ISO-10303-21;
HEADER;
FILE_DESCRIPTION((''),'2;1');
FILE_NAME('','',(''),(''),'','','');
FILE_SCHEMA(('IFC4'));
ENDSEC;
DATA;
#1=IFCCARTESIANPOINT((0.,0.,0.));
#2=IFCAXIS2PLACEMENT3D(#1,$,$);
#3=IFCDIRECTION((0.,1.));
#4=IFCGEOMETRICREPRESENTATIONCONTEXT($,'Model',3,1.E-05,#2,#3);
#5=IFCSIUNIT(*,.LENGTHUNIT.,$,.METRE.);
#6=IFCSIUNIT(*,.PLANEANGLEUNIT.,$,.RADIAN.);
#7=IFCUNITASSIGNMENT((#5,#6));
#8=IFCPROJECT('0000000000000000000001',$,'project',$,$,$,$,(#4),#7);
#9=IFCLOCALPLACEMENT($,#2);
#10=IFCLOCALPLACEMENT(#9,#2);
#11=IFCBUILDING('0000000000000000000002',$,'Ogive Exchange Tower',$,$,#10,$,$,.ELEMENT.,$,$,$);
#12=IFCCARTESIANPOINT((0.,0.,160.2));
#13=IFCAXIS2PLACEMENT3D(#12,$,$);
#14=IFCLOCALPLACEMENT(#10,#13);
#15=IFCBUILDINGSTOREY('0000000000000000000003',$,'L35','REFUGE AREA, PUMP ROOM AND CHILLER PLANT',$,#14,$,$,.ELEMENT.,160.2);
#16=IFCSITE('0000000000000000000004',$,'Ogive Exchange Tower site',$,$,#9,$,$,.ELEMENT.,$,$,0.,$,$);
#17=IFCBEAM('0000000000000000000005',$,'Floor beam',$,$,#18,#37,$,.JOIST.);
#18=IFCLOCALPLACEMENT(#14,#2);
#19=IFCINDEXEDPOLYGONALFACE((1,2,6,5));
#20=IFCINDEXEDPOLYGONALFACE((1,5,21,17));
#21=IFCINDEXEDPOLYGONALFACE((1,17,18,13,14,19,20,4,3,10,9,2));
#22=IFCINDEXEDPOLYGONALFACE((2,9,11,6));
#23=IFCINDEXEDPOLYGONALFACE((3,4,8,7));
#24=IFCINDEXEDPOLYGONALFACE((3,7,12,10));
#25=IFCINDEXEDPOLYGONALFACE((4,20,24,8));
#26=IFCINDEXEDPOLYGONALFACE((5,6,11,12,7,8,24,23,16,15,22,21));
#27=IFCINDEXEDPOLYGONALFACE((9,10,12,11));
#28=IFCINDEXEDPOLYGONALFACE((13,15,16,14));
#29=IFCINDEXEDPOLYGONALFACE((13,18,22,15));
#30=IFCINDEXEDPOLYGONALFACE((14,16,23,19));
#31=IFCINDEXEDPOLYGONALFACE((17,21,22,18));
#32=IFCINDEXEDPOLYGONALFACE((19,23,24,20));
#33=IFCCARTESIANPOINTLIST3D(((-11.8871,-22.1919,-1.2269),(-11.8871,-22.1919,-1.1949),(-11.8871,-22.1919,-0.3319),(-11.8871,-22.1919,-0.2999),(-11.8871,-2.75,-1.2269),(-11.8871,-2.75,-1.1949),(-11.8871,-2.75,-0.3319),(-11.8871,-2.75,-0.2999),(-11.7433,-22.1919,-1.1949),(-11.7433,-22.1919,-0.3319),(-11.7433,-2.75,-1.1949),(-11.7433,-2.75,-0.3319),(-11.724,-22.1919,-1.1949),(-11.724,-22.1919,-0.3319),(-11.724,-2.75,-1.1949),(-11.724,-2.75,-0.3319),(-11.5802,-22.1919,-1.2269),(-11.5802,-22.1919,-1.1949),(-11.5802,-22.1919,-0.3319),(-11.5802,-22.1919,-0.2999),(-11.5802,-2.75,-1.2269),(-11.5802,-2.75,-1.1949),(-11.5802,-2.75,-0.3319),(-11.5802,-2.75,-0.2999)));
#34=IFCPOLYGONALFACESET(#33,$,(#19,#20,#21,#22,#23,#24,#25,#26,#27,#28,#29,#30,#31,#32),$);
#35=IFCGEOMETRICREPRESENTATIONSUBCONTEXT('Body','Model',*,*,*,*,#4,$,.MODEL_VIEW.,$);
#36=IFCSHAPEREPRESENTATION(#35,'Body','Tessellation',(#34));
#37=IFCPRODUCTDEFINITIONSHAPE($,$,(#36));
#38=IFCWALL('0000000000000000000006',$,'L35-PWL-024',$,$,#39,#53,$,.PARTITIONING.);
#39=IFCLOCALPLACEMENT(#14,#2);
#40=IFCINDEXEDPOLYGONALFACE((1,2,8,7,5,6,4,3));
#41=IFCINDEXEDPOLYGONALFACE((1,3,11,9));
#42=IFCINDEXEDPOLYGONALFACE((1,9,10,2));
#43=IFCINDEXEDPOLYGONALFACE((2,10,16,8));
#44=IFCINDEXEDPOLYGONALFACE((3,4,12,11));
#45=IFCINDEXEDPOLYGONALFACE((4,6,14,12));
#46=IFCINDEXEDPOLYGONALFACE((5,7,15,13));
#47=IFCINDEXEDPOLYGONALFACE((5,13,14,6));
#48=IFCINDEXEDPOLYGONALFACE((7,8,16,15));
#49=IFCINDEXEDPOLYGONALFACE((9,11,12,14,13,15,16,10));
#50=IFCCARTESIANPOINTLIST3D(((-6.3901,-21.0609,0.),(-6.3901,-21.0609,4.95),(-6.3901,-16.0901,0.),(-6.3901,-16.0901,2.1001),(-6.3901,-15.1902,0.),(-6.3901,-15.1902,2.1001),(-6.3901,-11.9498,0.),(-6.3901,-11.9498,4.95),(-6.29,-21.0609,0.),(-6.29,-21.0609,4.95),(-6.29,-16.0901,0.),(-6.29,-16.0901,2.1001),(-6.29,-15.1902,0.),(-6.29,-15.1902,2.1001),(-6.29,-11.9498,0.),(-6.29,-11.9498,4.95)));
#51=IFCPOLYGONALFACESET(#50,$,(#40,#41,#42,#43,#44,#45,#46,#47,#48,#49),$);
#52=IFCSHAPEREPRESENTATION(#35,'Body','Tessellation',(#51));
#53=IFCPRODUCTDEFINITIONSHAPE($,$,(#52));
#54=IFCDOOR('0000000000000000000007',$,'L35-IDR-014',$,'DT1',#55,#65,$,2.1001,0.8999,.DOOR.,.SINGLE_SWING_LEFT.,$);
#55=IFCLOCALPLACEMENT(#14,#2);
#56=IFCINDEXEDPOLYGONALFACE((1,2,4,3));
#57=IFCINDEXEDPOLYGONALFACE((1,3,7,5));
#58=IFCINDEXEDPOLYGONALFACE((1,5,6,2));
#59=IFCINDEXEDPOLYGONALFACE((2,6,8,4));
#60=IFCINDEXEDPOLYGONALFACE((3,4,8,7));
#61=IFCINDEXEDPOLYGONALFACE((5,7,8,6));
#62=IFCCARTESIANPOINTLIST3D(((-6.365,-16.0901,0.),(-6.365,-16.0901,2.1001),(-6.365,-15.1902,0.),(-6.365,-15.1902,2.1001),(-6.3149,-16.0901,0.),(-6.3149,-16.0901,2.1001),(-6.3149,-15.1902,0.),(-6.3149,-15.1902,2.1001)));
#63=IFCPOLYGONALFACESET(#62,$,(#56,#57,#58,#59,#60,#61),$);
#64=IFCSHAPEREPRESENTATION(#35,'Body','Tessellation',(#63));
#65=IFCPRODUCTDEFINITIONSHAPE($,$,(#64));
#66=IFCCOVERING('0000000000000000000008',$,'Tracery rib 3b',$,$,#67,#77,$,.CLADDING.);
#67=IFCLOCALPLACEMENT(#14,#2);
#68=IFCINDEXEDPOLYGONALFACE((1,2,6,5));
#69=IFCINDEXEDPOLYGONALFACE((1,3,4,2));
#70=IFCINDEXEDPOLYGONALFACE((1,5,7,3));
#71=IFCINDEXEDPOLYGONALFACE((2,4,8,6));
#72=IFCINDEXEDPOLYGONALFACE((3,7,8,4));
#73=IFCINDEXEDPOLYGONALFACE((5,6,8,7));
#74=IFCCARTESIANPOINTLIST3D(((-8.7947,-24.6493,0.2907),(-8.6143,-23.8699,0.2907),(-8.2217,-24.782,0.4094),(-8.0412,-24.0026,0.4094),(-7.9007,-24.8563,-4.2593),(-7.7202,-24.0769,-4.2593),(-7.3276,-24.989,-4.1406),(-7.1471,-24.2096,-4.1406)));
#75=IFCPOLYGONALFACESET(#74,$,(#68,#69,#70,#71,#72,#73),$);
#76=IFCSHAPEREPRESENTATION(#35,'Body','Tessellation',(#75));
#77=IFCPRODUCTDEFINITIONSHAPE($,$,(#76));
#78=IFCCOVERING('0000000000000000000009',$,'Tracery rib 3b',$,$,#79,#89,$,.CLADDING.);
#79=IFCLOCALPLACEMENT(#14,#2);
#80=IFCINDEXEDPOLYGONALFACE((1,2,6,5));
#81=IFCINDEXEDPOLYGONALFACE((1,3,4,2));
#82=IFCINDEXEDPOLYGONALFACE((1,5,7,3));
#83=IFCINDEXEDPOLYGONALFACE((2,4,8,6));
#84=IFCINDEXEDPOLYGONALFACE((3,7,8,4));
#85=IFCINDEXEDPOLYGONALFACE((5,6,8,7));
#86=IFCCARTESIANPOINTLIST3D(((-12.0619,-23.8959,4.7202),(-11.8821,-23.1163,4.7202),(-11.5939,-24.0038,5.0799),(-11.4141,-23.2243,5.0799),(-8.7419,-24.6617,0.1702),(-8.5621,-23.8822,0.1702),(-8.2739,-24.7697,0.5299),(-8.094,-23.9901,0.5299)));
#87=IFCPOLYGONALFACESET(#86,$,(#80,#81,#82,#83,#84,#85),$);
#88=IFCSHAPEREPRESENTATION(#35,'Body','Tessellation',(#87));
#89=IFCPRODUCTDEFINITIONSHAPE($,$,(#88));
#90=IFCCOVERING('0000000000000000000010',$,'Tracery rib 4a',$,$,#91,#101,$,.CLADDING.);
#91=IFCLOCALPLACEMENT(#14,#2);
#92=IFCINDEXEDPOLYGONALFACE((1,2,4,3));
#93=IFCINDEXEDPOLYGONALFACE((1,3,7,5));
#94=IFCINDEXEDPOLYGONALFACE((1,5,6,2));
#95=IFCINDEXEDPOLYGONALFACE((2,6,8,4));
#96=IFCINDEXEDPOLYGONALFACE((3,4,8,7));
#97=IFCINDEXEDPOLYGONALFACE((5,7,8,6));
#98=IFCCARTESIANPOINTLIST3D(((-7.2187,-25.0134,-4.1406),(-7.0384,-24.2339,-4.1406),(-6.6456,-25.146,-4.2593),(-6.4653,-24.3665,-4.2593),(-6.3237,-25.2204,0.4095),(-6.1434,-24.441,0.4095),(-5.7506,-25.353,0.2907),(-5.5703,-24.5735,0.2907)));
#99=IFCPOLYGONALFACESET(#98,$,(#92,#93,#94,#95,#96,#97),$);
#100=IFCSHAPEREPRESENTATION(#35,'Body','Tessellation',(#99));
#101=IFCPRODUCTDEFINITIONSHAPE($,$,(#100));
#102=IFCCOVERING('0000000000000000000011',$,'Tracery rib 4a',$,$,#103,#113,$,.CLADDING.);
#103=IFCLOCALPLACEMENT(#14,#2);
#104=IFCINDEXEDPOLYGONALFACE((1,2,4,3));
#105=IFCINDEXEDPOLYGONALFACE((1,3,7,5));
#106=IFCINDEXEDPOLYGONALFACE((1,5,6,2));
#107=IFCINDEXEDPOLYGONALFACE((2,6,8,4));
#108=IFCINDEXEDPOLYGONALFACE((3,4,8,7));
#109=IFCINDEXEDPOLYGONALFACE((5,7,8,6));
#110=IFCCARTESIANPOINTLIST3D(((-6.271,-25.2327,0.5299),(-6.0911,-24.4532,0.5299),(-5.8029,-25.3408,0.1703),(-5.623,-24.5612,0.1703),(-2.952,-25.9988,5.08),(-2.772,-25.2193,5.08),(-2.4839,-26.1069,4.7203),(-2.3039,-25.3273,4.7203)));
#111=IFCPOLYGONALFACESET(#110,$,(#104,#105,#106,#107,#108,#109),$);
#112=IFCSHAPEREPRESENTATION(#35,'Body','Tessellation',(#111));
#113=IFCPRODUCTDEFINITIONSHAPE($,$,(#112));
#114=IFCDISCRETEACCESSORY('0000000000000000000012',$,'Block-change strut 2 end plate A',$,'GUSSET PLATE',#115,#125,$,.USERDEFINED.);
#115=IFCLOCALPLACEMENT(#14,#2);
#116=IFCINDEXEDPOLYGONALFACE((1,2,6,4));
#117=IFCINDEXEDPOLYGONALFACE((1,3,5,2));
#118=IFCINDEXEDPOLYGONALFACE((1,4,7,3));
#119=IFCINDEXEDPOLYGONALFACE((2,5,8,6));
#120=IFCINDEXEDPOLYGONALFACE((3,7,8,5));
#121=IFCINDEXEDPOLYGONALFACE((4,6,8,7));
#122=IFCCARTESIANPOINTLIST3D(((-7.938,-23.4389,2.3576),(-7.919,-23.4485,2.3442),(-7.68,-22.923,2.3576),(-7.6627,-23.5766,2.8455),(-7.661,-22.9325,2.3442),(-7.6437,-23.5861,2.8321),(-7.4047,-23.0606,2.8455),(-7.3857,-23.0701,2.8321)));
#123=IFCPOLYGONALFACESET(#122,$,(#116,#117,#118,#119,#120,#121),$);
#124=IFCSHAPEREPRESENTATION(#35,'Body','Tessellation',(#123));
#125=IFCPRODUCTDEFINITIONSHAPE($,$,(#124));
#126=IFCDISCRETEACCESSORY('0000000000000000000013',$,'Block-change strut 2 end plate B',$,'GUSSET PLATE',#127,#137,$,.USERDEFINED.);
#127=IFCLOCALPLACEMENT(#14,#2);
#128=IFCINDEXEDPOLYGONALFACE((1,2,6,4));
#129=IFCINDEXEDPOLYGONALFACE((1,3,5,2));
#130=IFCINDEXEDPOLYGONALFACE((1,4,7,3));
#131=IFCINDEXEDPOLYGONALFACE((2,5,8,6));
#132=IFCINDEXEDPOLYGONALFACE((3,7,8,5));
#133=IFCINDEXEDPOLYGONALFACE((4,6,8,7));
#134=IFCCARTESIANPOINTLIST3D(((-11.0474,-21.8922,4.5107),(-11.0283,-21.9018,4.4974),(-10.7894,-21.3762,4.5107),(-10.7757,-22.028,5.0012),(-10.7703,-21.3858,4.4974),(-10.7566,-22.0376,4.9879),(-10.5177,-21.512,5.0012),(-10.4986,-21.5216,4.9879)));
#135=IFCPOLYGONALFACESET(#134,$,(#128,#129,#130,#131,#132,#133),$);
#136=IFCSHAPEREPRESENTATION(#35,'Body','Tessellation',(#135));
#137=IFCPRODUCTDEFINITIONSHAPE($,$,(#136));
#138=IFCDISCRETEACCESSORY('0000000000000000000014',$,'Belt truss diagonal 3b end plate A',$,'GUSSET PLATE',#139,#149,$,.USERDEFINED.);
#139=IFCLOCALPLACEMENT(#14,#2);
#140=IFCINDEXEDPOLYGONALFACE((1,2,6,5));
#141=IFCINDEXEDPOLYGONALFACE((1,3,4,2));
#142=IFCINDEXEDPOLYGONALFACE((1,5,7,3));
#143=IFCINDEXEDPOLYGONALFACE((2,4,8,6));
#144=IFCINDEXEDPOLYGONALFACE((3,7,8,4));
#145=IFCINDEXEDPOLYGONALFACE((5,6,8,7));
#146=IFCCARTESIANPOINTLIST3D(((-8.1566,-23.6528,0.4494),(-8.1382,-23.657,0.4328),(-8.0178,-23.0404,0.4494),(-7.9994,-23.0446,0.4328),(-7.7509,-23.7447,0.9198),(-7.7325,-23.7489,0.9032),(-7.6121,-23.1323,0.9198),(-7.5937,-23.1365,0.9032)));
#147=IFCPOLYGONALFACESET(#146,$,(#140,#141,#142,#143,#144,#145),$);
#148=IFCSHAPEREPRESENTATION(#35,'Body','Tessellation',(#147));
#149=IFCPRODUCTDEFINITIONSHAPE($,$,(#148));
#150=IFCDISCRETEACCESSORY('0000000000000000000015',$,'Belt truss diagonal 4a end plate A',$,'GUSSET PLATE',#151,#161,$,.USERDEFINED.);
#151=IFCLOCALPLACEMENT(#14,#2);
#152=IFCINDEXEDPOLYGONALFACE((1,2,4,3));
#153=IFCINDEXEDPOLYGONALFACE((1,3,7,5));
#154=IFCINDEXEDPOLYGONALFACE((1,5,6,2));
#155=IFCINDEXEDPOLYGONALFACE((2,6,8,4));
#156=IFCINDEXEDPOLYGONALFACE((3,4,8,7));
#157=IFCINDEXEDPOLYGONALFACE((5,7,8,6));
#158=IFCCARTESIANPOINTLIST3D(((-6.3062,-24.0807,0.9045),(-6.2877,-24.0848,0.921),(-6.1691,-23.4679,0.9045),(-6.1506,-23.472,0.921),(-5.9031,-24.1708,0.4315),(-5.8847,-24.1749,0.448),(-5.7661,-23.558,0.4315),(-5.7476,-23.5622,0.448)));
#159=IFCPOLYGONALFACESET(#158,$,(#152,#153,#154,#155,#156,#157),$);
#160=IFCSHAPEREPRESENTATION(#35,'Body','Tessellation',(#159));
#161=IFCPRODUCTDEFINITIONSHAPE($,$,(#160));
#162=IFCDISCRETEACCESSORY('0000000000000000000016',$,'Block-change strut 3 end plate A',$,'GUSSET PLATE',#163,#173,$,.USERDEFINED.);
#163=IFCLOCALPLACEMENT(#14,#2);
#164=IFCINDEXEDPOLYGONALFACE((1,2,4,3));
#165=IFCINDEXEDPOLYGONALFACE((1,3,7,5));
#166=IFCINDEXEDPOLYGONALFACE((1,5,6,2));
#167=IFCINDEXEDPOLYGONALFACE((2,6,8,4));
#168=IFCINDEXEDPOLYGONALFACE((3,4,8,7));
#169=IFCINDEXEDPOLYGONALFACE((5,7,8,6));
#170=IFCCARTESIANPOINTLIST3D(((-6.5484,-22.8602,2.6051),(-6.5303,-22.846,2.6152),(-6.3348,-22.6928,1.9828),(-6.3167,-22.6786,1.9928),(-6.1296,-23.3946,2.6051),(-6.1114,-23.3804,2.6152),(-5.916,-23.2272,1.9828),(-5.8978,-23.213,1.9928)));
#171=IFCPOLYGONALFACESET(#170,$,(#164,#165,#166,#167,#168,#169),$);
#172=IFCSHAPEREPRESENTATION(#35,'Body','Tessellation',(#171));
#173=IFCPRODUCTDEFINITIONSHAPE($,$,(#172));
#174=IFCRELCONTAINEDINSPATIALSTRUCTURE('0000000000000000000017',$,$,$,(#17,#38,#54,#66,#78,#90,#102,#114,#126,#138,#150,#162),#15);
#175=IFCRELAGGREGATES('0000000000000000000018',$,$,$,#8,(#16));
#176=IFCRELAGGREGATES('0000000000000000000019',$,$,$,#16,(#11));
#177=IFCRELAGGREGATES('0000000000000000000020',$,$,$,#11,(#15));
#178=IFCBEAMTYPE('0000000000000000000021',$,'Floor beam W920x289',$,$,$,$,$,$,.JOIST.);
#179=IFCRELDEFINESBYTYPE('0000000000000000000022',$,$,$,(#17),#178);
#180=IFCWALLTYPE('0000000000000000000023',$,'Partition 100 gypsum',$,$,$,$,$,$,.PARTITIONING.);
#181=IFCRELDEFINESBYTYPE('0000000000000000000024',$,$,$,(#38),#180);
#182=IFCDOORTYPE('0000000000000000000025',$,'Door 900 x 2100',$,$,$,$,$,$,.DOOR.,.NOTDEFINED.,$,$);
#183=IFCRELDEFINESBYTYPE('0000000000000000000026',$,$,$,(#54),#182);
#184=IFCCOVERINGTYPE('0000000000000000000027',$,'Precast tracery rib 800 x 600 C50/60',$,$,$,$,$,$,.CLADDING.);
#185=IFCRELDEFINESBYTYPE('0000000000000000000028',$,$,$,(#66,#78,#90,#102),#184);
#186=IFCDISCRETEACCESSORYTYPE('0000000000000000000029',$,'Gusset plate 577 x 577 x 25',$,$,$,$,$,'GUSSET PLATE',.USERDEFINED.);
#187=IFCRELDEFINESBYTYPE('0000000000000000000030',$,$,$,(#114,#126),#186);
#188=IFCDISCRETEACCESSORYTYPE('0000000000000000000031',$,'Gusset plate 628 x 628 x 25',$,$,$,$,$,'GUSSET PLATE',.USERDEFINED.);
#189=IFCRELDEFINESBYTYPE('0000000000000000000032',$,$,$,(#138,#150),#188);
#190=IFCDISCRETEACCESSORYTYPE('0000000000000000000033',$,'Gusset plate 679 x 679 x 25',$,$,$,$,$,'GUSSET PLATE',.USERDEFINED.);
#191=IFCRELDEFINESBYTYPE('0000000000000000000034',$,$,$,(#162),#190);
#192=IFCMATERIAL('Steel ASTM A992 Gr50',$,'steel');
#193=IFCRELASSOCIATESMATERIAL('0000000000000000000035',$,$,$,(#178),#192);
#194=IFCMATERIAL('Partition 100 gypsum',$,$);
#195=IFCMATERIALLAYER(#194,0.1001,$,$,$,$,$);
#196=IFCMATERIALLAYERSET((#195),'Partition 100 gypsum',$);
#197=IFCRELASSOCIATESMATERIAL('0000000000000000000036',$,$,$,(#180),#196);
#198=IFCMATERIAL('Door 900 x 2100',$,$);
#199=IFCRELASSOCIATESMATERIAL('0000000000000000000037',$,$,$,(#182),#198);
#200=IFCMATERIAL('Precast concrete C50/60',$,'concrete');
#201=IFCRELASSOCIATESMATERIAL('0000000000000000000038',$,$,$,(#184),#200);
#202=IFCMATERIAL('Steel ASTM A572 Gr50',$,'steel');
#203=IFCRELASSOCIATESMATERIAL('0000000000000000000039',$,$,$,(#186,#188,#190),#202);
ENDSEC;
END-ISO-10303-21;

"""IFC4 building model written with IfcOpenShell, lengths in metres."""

from ifc_helpers import new_model, si_unit, direction, frame, frame_2d, origin, origin_2d, place, context, subcontext, project, spatial, rectangle, i_section, extrude, material, layer, layer_set, material_profile, profile_set, type_object, element, fill, save


model = new_model("IFC4")

# Units and contexts
model_context = context("Model", 3, precision=1e-05, world=origin(), true_north=direction((0.0, 1.0)))
body_context = subcontext(model_context, "Body", "Model", "MODEL_VIEW")
ifc_project = project(units=[si_unit("LENGTHUNIT", "METRE"), si_unit("PLANEANGLEUNIT", "RADIAN")], contexts=[model_context])

# Site, building, storey
site_placement = place(None, origin())
site = spatial("IfcSite", under=ifc_project, at=site_placement, Name="Ogive Exchange Tower site", CompositionType="ELEMENT", RefElevation=0.0)
building_placement = place(site_placement, origin())
building = spatial("IfcBuilding", under=site, at=building_placement, Name="Ogive Exchange Tower", CompositionType="ELEMENT")
storey_placement = place(building_placement, frame((0.0, 0.0, 160.2)))
storey = spatial("IfcBuildingStorey", under=building, at=storey_placement, Name="L35", Description="REFUGE AREA, PUMP ROOM AND CHILLER PLANT", CompositionType="ELEMENT", Elevation=160.2)

# Shared definitions
ifc_material_1 = material(Name="Steel ASTM A992 Gr50", Category="steel")

# Beam
ifc_material_profile_1 = material_profile(ifc_material_1, i_section(OverallWidth=0.3069, OverallDepth=0.927, WebThickness=0.0193, FlangeThickness=0.032, at=origin_2d()), Name="W920x289")
ifc_profile_set_1 = profile_set([ifc_material_profile_1], Name="Steel ASTM A992 Gr50")
beam_type_1 = type_object("IfcBeamType", Name="Floor beam W920x289", PredefinedType="JOIST", material=ifc_profile_set_1)
beam_1_placement = place(storey_placement, frame((-11.7336, -22.1919, -0.7634), z_axis=(0.0, 1.0, 0.0), x_axis=(-1.0, 0.0, 0.0)))
element("IfcBeam", 1, at=beam_1_placement, inside=storey, type_object=beam_type_1, Name="Floor beam", PredefinedType="JOIST", context=body_context, shape_type="SweptSolid", body=[
    extrude(i_section(OverallWidth=0.3069, OverallDepth=0.927, WebThickness=0.0193, FlangeThickness=0.032, at=origin_2d()), origin(), (0.0, 0.0, 1.0), 19.4419),
])

# Wall, opening, door
ifc_material_2 = material(Name="Partition 100 gypsum")
ifc_layer = layer(ifc_material_2, 0.1001)
ifc_layer_set = layer_set([ifc_layer], Name="Partition 100 gypsum")
wall_type = type_object("IfcWallType", Name="Partition 100 gypsum", PredefinedType="PARTITIONING", material=ifc_layer_set)
wall_placement = place(storey_placement, frame((-6.3401, -21.061, 0.0), z_axis=(0.0, 0.0, 1.0), x_axis=(0.0, 1.0, 0.0)))
wall = element("IfcWall", 2, at=wall_placement, inside=storey, type_object=wall_type, Name="L35-PWL-024", PredefinedType="PARTITIONING", context=body_context, shape_type="SweptSolid", body=[
    extrude(rectangle(XDim=9.1111, YDim=0.1001, at=frame_2d((4.5557, 0.0))), origin(), (0.0, 0.0, 1.0), 4.95),
])
opening_placement = place(wall_placement, frame((4.9709, 0.0, 0.0)))
opening = element("IfcOpeningElement", 3, at=opening_placement, cuts=wall, PredefinedType="OPENING", context=body_context, shape_type="SweptSolid", body=[
    extrude(rectangle(XDim=0.8999, YDim=2.1001, at=frame_2d((0.45, 1.05))), frame((0.0, 0.0601, 0.0), z_axis=(0.0, -1.0, 0.0), x_axis=(1.0, 0.0, 0.0)), (0.0, 0.0, 1.0), 0.1201),
])
ifc_material_3 = material(Name="Door 900 x 2100")
door_type = type_object("IfcDoorType", Name="Door 900 x 2100", OperationType="NOTDEFINED", PredefinedType="DOOR", material=ifc_material_3)
door_placement = place(opening_placement, origin())
door = element("IfcDoor", 4, at=door_placement, inside=storey, type_object=door_type, Name="L35-IDR-014", ObjectType="DT1", OperationType="SINGLE_SWING_LEFT", OverallHeight=2.1001, OverallWidth=0.8999, PredefinedType="DOOR", context=body_context, shape_type="SweptSolid", body=[
    extrude(rectangle(XDim=0.8999, YDim=2.1001, at=frame_2d((0.45, 1.05))), frame((0.0, 0.0249, 0.0), z_axis=(0.0, -1.0, 0.0), x_axis=(1.0, 0.0, 0.0)), (0.0, 0.0, 1.0), 0.05),
])
fill(opening, door)

# Coverings
ifc_material_4 = material(Name="Precast concrete C50/60", Category="concrete")
ifc_material_profile_2 = material_profile(ifc_material_4, rectangle(XDim=0.8, YDim=0.6001, at=origin_2d()), Name="RIB 800 x 600")
ifc_profile_set_2 = profile_set([ifc_material_profile_2], Name="Precast concrete C50/60")
covering_type = type_object("IfcCoveringType", Name="Precast tracery rib 800 x 600 C50/60", PredefinedType="CLADDING", material=ifc_profile_set_2)
covering_1_placement = place(storey_placement, frame((-7.5239, -24.533, -4.2), z_axis=(-0.192612, 0.044603, 0.980261), x_axis=(-0.225598, -0.974221, 0.0)))
element("IfcCovering", 5, at=covering_1_placement, inside=storey, type_object=covering_type, Name="Tracery rib 3b", PredefinedType="CLADDING", context=body_context, shape_type="SweptSolid", body=[
    extrude(rectangle(XDim=0.8, YDim=0.6001, at=origin_2d()), origin(), (0.0, 0.0, 1.0), 4.6416),
])
covering_2_placement = place(storey_placement, frame((-8.418, -24.3259, 0.3501), z_axis=(-0.584067, 0.134732, 0.800445), x_axis=(-0.224776, -0.974411, 0.0)))
element("IfcCovering", 6, at=covering_2_placement, inside=storey, type_object=covering_type, Name="Tracery rib 3b", PredefinedType="CLADDING", context=body_context, shape_type="SweptSolid", body=[
    extrude(rectangle(XDim=0.8, YDim=0.6001, at=origin_2d()), origin(), (0.0, 0.0, 1.0), 5.6843),
])
covering_3_placement = place(storey_placement, frame((-6.842, -24.6899, -4.2), z_axis=(0.192815, -0.044601, 0.980221), x_axis=(0.225364, 0.974275, 0.0)))
element("IfcCovering", 7, at=covering_3_placement, inside=storey, type_object=covering_type, Name="Tracery rib 4a", PredefinedType="CLADDING", context=body_context, shape_type="SweptSolid", body=[
    extrude(rectangle(XDim=0.8, YDim=0.6001, at=origin_2d()), origin(), (0.0, 0.0, 1.0), 4.6418),
])
covering_4_placement = place(storey_placement, frame((-5.947, -24.897, 0.3501), z_axis=(0.58395, -0.134788, 0.800521), x_axis=(0.224907, 0.97438, 0.0)))
element("IfcCovering", 8, at=covering_4_placement, inside=storey, type_object=covering_type, Name="Tracery rib 4a", PredefinedType="CLADDING", context=body_context, shape_type="SweptSolid", body=[
    extrude(rectangle(XDim=0.8, YDim=0.6001, at=origin_2d()), origin(), (0.0, 0.0, 1.0), 5.6838),
])

# Discrete accessories
ifc_material_5 = material(Name="Steel ASTM A572 Gr50", Category="steel")
ifc_material_profile_3 = material_profile(ifc_material_5, rectangle(XDim=0.5769, YDim=0.5769, at=origin_2d()), Name="PL 577 x 577 x 25")
ifc_profile_set_3 = profile_set([ifc_material_profile_3], Name="Steel ASTM A572 Gr50")
discrete_accessory_type_1 = type_object("IfcDiscreteAccessoryType", Name="Gusset plate 577 x 577 x 25", ElementType="GUSSET PLATE", PredefinedType="USERDEFINED", material=ifc_profile_set_3)
for number, where, z_axis, x_axis, name in (
    (9, (-7.6523, -23.2593, 2.5881), (-0.756533, 0.378267, 0.533453), (-0.447214, -0.894427, 0.0), "Block-change strut 2 end plate A"),
    (10, (-10.7634, -21.7117, 4.7427), (-0.760442, 0.380221, 0.52646), (-0.447214, -0.894427, 0.0), "Block-change strut 2 end plate B"),
):
    element("IfcDiscreteAccessory", number, at=place(storey_placement, frame(where, z_axis=z_axis, x_axis=x_axis)), inside=storey, type_object=discrete_accessory_type_1, Name=name, ObjectType="GUSSET PLATE", PredefinedType="USERDEFINED", context=body_context, shape_type="SweptSolid", body=[
        extrude(rectangle(XDim=0.5769, YDim=0.5769, at=origin_2d()), origin(), (0.0, 0.0, 1.0), 0.0251),
    ])
ifc_material_profile_4 = material_profile(ifc_material_5, rectangle(XDim=0.6279, YDim=0.6279, at=origin_2d()), Name="PL 628 x 628 x 25")
ifc_profile_set_4 = profile_set([ifc_material_profile_4], Name="Steel ASTM A572 Gr50")
discrete_accessory_type_2 = type_object("IfcDiscreteAccessoryType", Name="Gusset plate 628 x 628 x 25", ElementType="GUSSET PLATE", PredefinedType="USERDEFINED", material=ifc_profile_set_4)
for number, where, z_axis, x_axis, name in (
    (11, (-7.866, -23.3967, 0.668), (-0.730604, 0.165604, 0.662414), (-0.221059, -0.97526, 0.0), "Belt truss diagonal 3b end plate A"),
    (12, (-6.0361, -23.8193, 0.668), (0.735098, -0.16443, 0.657719), (0.21829, 0.975884, 0.0), "Belt truss diagonal 4a end plate A"),
):
    element("IfcDiscreteAccessory", number, at=place(storey_placement, frame(where, z_axis=z_axis, x_axis=x_axis)), inside=storey, type_object=discrete_accessory_type_2, Name=name, ObjectType="GUSSET PLATE", PredefinedType="USERDEFINED", context=body_context, shape_type="SweptSolid", body=[
        extrude(rectangle(XDim=0.6279, YDim=0.6279, at=origin_2d()), origin(), (0.0, 0.0, 1.0), 0.0251),
    ])
ifc_material_profile_5 = material_profile(ifc_material_5, rectangle(XDim=0.679, YDim=0.679, at=origin_2d()), Name="PL 679 x 679 x 25")
ifc_profile_set_5 = profile_set([ifc_material_profile_5], Name="Steel ASTM A572 Gr50")
discrete_accessory_type_3 = type_object("IfcDiscreteAccessoryType", Name="Gusset plate 679 x 679 x 25", ElementType="GUSSET PLATE", PredefinedType="USERDEFINED", material=ifc_profile_set_5)
for number, where, z_axis, x_axis, name in (
    (13, (-6.2322, -23.0437, 2.2939), (0.721445, 0.565457, 0.39972), (-0.616882, 0.787056, 0.0), "Block-change strut 3 end plate A"),
):
    element("IfcDiscreteAccessory", number, at=place(storey_placement, frame(where, z_axis=z_axis, x_axis=x_axis)), inside=storey, type_object=discrete_accessory_type_3, Name=name, ObjectType="GUSSET PLATE", PredefinedType="USERDEFINED", context=body_context, shape_type="SweptSolid", body=[
        extrude(rectangle(XDim=0.679, YDim=0.679, at=origin_2d()), origin(), (0.0, 0.0, 1.0), 0.0251),
    ])

save(model, "model.ifc")
